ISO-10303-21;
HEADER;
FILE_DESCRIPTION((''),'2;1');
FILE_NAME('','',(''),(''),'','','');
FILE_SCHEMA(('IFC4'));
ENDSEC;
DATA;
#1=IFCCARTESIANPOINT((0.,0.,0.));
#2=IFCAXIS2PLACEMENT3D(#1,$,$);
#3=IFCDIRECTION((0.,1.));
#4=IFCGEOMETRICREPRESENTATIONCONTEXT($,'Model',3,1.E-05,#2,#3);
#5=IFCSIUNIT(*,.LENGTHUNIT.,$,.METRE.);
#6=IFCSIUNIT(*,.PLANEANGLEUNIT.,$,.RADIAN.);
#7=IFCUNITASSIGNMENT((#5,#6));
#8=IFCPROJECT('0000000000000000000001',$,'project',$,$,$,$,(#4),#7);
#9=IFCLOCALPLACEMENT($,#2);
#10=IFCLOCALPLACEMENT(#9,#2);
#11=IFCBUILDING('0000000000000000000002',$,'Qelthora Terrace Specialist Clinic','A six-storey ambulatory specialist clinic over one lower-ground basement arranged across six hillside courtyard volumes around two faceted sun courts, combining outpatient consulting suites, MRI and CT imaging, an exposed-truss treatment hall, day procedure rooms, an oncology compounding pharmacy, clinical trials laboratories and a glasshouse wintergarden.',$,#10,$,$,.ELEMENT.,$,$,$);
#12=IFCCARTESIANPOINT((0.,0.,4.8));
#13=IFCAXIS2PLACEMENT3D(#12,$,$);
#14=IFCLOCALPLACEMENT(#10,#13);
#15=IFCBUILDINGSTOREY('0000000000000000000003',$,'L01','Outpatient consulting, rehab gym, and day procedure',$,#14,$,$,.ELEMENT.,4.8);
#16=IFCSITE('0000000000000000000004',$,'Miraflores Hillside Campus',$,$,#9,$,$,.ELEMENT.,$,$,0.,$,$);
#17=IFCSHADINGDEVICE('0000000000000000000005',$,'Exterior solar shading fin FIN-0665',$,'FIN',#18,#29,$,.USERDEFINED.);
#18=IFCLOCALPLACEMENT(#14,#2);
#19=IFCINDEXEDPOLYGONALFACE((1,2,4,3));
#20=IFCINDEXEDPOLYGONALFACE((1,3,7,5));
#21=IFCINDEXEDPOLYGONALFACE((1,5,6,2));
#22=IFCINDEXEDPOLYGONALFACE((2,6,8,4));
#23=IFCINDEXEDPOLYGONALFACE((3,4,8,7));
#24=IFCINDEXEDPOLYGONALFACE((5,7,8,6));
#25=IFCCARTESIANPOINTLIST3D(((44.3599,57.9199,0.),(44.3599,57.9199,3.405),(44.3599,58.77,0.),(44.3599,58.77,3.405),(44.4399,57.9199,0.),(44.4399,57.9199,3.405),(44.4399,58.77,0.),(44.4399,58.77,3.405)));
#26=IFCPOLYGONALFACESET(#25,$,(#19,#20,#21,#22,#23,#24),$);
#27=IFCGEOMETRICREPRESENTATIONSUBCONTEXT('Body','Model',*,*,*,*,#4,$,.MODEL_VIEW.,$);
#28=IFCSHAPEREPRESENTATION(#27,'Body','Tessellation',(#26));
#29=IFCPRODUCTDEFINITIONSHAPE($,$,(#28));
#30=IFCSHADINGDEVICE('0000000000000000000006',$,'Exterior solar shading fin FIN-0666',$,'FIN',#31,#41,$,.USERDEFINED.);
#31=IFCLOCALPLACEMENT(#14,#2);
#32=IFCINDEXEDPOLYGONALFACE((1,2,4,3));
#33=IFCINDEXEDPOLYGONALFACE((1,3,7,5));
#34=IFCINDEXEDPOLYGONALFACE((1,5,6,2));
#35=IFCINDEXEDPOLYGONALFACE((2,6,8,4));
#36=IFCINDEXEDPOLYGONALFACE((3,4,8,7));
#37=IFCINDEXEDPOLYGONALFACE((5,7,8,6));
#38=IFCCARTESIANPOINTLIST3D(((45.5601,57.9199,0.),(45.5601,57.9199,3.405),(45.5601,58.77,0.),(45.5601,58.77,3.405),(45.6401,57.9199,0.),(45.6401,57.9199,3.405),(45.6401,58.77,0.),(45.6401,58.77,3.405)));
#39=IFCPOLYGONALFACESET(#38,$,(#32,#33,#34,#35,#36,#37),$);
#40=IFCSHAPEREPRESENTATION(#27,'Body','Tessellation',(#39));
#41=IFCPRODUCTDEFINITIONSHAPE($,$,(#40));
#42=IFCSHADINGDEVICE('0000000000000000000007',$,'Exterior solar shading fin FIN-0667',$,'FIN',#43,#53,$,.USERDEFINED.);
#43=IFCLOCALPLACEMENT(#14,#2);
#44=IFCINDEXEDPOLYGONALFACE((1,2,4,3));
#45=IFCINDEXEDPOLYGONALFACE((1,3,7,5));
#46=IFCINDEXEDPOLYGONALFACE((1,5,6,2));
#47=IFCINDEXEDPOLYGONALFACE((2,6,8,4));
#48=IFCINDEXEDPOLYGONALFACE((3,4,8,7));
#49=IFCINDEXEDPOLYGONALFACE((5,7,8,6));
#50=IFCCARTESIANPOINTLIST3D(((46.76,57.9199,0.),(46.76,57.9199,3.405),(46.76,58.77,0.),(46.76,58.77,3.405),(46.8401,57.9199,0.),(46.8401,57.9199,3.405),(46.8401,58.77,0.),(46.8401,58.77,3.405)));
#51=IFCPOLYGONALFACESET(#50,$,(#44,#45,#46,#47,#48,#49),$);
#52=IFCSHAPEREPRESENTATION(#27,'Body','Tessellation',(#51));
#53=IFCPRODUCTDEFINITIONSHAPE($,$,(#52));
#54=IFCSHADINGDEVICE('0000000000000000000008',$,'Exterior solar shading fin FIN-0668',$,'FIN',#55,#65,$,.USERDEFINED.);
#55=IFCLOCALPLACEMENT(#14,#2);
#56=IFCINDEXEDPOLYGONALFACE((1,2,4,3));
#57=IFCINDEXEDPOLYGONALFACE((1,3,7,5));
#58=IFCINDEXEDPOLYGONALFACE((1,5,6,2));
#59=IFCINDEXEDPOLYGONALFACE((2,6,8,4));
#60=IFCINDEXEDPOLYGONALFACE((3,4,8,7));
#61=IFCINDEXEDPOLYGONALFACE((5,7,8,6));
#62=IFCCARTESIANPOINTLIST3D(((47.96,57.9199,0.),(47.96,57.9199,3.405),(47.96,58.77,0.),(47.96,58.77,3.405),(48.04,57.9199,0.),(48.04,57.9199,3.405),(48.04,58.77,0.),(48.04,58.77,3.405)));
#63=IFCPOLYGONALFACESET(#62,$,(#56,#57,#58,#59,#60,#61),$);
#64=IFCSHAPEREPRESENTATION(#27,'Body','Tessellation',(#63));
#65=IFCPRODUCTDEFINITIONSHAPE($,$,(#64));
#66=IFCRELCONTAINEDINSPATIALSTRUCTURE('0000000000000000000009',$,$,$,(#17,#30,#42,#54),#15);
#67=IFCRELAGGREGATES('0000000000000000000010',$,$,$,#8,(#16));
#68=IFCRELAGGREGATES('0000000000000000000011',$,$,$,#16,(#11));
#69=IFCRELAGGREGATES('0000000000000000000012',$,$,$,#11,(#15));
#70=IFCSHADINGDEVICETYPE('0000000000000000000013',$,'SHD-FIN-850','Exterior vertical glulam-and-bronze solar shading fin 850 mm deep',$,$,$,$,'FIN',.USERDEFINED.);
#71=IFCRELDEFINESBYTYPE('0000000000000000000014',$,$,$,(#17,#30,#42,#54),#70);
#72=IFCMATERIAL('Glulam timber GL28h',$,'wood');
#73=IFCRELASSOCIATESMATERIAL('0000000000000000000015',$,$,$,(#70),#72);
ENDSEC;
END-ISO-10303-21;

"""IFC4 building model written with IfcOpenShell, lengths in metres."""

from ifc_helpers import new_model, si_unit, direction, frame, origin, origin_2d, place, context, subcontext, project, spatial, rectangle, extrude, material, type_object, element, save


model = new_model("IFC4")

# Units and contexts
model_context = context("Model", 3, precision=1e-05, world=origin(), true_north=direction((0.0, 1.0)))
body_context = subcontext(model_context, "Body", "Model", "MODEL_VIEW")
ifc_project = project(units=[si_unit("LENGTHUNIT", "METRE"), si_unit("PLANEANGLEUNIT", "RADIAN")], contexts=[model_context])

# Site, building, storey
site_placement = place(None, origin())
site = spatial("IfcSite", under=ifc_project, at=site_placement, Name="Miraflores Hillside Campus", CompositionType="ELEMENT", RefElevation=0.0)
building_placement = place(site_placement, origin())
building = spatial("IfcBuilding", under=site, at=building_placement, Name="Qelthora Terrace Specialist Clinic", Description="A six-storey ambulatory specialist clinic over one lower-ground basement arranged across six hillside courtyard volumes around two faceted sun courts, combining outpatient consulting suites, MRI and CT imaging, an exposed-truss treatment hall, day procedure rooms, an oncology compounding pharmacy, clinical trials laboratories and a glasshouse wintergarden.", CompositionType="ELEMENT")
storey_placement = place(building_placement, frame((0.0, 0.0, 4.8)))
storey = spatial("IfcBuildingStorey", under=building, at=storey_placement, Name="L01", Description="Outpatient consulting, rehab gym, and day procedure", CompositionType="ELEMENT", Elevation=4.8)

# Shading devices
ifc_material_1 = material(Name="Glulam timber GL28h", Category="wood")
shading_device_type = type_object("IfcShadingDeviceType", Name="SHD-FIN-850", Description="Exterior vertical glulam-and-bronze solar shading fin 850 mm deep", ElementType="FIN", PredefinedType="USERDEFINED", material=ifc_material_1)
for number, where, z_axis, x_axis, name in (
    (1, (44.3999, 58.345, 0.0), (0.0, 0.0, 1.0), (0.0, -1.0, 0.0), "Exterior solar shading fin FIN-0665"),
    (2, (45.6001, 58.345, 0.0), (0.0, 0.0, 1.0), (0.0, -1.0, 0.0), "Exterior solar shading fin FIN-0666"),
    (3, (46.8, 58.345, 0.0), (0.0, 0.0, 1.0), (0.0, -1.0, 0.0), "Exterior solar shading fin FIN-0667"),
    (4, (48.0, 58.345, 0.0), (0.0, 0.0, 1.0), (0.0, -1.0, 0.0), "Exterior solar shading fin FIN-0668"),
):
    element("IfcShadingDevice", number, at=place(storey_placement, frame(where, z_axis=z_axis, x_axis=x_axis)), inside=storey, type_object=shading_device_type, Name=name, ObjectType="FIN", PredefinedType="USERDEFINED", context=body_context, shape_type="SweptSolid", body=[
        extrude(rectangle(XDim=0.8501, YDim=0.0801, at=origin_2d()), origin(), (0.0, 0.0, 1.0), 3.405),
    ])

save(model, "model.ifc")
